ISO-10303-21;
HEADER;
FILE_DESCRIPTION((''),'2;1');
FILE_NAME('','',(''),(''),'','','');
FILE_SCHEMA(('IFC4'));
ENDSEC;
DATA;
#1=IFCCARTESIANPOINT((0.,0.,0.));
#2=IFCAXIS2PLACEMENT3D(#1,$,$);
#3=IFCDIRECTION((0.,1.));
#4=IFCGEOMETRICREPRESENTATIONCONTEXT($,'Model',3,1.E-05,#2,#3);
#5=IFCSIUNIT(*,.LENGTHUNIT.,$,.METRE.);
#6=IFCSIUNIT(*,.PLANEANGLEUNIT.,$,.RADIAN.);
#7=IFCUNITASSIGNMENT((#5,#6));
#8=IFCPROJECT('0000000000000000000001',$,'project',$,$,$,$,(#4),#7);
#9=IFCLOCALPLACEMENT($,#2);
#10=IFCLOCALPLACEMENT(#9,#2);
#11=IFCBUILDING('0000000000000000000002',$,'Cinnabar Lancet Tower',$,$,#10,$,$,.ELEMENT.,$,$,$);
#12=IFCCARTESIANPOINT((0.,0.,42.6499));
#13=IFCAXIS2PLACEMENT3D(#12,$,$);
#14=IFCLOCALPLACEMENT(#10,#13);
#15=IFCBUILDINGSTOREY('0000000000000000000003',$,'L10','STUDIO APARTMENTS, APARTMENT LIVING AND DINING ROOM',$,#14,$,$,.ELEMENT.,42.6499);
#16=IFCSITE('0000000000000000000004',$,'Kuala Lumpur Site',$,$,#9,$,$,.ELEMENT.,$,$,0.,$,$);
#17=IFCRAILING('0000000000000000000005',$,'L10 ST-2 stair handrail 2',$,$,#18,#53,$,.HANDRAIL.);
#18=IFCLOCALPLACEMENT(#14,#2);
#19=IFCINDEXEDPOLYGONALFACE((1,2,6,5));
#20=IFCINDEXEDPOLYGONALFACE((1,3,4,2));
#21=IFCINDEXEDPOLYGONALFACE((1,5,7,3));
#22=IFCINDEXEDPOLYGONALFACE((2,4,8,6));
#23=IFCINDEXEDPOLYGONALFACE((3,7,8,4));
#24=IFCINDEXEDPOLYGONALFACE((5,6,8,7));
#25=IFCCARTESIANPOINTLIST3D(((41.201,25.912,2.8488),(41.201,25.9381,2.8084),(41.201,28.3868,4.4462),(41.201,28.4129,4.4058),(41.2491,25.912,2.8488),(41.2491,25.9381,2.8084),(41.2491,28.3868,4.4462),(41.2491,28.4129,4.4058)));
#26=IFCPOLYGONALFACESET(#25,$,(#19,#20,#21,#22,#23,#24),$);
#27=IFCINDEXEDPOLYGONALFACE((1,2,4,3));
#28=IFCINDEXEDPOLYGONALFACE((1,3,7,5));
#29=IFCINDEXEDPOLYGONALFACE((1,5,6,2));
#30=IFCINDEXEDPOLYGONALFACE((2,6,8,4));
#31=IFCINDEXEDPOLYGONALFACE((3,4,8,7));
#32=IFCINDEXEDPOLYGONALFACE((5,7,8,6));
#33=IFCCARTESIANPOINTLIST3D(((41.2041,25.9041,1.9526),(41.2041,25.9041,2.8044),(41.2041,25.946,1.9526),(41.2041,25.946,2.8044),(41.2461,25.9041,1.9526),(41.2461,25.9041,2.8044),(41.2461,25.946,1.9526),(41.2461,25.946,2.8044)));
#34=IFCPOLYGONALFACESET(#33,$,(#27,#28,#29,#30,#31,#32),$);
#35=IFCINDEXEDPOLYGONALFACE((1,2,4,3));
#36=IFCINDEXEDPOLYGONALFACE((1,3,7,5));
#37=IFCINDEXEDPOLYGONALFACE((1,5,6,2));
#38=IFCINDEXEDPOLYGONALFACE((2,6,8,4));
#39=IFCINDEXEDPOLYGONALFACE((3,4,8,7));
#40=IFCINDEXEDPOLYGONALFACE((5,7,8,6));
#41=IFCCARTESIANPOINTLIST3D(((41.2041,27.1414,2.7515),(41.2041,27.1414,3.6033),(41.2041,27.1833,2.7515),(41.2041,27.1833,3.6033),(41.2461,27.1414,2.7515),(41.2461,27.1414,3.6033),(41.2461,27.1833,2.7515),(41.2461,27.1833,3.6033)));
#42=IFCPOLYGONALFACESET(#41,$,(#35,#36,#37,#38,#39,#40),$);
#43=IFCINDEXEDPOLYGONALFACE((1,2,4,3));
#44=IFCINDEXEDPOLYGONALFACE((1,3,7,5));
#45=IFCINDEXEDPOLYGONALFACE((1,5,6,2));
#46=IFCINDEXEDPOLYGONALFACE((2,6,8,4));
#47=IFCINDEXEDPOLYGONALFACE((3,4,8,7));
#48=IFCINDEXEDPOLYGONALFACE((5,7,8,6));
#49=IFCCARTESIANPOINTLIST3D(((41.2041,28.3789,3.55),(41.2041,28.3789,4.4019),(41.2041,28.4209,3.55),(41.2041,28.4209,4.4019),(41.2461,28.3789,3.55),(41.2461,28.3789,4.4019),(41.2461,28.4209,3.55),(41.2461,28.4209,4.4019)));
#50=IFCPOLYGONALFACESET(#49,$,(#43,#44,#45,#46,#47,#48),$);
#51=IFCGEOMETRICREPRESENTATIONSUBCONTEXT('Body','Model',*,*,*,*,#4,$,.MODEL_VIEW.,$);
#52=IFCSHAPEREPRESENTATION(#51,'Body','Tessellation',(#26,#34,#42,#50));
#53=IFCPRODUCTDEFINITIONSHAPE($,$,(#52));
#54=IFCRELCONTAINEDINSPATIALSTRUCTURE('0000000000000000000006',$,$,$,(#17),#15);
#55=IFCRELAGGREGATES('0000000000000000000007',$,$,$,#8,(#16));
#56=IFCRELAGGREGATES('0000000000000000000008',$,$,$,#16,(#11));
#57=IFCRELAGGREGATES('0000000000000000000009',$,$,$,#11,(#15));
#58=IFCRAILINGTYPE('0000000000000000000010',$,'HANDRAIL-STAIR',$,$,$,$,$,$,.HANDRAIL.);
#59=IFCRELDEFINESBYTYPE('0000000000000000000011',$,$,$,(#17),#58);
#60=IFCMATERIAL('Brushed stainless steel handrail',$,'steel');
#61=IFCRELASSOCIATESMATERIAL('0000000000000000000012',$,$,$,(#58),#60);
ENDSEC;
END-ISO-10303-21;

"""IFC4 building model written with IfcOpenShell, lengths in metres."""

from ifc_helpers import new_model, si_unit, direction, frame, origin, origin_2d, place, context, subcontext, project, spatial, rectangle, extrude, material, type_object, element, save


model = new_model("IFC4")

# Units and contexts
model_context = context("Model", 3, precision=1e-05, world=origin(), true_north=direction((0.0, 1.0)))
body_context = subcontext(model_context, "Body", "Model", "MODEL_VIEW")
ifc_project = project(units=[si_unit("LENGTHUNIT", "METRE"), si_unit("PLANEANGLEUNIT", "RADIAN")], contexts=[model_context])

# Site, building, storey
site_placement = place(None, origin())
site = spatial("IfcSite", under=ifc_project, at=site_placement, Name="Kuala Lumpur Site", CompositionType="ELEMENT", RefElevation=0.0)
building_placement = place(site_placement, origin())
building = spatial("IfcBuilding", under=site, at=building_placement, Name="Cinnabar Lancet Tower", CompositionType="ELEMENT")
storey_placement = place(building_placement, frame((0.0, 0.0, 42.6499)))
storey = spatial("IfcBuildingStorey", under=building, at=storey_placement, Name="L10", Description="STUDIO APARTMENTS, APARTMENT LIVING AND DINING ROOM", CompositionType="ELEMENT", Elevation=42.6499)

# Railing
ifc_material_1 = material(Name="Brushed stainless steel handrail", Category="steel")
railing_type_1 = type_object("IfcRailingType", Name="HANDRAIL-STAIR", PredefinedType="HANDRAIL", material=ifc_material_1)
railing_1_placement = place(storey_placement, frame((41.2251, 25.925, 1.9526)))
element("IfcRailing", 1, at=railing_1_placement, inside=storey, type_object=railing_type_1, Name="L10 ST-2 stair handrail 2", PredefinedType="HANDRAIL", context=body_context, shape_type="SweptSolid", body=[
    extrude(rectangle(XDim=0.0481, YDim=0.0481, at=origin_2d()), frame((0.0, 0.0, 0.876), z_axis=(0.0, 0.840183, 0.542302), x_axis=(-1.0, 0.0, 0.0)), (0.0, 0.0, 1.0), 2.9456),
    extrude(rectangle(XDim=0.042, YDim=0.042, at=origin_2d()), origin(), (0.0, 0.0, 1.0), 0.8518),
    extrude(rectangle(XDim=0.042, YDim=0.042, at=origin_2d()), frame((0.0, 1.2373, 0.7988)), (0.0, 0.0, 1.0), 0.8518),
    extrude(rectangle(XDim=0.042, YDim=0.042, at=origin_2d()), frame((0.0, 2.4749, 1.5974)), (0.0, 0.0, 1.0), 0.8518),
])

save(model, "model.ifc")
